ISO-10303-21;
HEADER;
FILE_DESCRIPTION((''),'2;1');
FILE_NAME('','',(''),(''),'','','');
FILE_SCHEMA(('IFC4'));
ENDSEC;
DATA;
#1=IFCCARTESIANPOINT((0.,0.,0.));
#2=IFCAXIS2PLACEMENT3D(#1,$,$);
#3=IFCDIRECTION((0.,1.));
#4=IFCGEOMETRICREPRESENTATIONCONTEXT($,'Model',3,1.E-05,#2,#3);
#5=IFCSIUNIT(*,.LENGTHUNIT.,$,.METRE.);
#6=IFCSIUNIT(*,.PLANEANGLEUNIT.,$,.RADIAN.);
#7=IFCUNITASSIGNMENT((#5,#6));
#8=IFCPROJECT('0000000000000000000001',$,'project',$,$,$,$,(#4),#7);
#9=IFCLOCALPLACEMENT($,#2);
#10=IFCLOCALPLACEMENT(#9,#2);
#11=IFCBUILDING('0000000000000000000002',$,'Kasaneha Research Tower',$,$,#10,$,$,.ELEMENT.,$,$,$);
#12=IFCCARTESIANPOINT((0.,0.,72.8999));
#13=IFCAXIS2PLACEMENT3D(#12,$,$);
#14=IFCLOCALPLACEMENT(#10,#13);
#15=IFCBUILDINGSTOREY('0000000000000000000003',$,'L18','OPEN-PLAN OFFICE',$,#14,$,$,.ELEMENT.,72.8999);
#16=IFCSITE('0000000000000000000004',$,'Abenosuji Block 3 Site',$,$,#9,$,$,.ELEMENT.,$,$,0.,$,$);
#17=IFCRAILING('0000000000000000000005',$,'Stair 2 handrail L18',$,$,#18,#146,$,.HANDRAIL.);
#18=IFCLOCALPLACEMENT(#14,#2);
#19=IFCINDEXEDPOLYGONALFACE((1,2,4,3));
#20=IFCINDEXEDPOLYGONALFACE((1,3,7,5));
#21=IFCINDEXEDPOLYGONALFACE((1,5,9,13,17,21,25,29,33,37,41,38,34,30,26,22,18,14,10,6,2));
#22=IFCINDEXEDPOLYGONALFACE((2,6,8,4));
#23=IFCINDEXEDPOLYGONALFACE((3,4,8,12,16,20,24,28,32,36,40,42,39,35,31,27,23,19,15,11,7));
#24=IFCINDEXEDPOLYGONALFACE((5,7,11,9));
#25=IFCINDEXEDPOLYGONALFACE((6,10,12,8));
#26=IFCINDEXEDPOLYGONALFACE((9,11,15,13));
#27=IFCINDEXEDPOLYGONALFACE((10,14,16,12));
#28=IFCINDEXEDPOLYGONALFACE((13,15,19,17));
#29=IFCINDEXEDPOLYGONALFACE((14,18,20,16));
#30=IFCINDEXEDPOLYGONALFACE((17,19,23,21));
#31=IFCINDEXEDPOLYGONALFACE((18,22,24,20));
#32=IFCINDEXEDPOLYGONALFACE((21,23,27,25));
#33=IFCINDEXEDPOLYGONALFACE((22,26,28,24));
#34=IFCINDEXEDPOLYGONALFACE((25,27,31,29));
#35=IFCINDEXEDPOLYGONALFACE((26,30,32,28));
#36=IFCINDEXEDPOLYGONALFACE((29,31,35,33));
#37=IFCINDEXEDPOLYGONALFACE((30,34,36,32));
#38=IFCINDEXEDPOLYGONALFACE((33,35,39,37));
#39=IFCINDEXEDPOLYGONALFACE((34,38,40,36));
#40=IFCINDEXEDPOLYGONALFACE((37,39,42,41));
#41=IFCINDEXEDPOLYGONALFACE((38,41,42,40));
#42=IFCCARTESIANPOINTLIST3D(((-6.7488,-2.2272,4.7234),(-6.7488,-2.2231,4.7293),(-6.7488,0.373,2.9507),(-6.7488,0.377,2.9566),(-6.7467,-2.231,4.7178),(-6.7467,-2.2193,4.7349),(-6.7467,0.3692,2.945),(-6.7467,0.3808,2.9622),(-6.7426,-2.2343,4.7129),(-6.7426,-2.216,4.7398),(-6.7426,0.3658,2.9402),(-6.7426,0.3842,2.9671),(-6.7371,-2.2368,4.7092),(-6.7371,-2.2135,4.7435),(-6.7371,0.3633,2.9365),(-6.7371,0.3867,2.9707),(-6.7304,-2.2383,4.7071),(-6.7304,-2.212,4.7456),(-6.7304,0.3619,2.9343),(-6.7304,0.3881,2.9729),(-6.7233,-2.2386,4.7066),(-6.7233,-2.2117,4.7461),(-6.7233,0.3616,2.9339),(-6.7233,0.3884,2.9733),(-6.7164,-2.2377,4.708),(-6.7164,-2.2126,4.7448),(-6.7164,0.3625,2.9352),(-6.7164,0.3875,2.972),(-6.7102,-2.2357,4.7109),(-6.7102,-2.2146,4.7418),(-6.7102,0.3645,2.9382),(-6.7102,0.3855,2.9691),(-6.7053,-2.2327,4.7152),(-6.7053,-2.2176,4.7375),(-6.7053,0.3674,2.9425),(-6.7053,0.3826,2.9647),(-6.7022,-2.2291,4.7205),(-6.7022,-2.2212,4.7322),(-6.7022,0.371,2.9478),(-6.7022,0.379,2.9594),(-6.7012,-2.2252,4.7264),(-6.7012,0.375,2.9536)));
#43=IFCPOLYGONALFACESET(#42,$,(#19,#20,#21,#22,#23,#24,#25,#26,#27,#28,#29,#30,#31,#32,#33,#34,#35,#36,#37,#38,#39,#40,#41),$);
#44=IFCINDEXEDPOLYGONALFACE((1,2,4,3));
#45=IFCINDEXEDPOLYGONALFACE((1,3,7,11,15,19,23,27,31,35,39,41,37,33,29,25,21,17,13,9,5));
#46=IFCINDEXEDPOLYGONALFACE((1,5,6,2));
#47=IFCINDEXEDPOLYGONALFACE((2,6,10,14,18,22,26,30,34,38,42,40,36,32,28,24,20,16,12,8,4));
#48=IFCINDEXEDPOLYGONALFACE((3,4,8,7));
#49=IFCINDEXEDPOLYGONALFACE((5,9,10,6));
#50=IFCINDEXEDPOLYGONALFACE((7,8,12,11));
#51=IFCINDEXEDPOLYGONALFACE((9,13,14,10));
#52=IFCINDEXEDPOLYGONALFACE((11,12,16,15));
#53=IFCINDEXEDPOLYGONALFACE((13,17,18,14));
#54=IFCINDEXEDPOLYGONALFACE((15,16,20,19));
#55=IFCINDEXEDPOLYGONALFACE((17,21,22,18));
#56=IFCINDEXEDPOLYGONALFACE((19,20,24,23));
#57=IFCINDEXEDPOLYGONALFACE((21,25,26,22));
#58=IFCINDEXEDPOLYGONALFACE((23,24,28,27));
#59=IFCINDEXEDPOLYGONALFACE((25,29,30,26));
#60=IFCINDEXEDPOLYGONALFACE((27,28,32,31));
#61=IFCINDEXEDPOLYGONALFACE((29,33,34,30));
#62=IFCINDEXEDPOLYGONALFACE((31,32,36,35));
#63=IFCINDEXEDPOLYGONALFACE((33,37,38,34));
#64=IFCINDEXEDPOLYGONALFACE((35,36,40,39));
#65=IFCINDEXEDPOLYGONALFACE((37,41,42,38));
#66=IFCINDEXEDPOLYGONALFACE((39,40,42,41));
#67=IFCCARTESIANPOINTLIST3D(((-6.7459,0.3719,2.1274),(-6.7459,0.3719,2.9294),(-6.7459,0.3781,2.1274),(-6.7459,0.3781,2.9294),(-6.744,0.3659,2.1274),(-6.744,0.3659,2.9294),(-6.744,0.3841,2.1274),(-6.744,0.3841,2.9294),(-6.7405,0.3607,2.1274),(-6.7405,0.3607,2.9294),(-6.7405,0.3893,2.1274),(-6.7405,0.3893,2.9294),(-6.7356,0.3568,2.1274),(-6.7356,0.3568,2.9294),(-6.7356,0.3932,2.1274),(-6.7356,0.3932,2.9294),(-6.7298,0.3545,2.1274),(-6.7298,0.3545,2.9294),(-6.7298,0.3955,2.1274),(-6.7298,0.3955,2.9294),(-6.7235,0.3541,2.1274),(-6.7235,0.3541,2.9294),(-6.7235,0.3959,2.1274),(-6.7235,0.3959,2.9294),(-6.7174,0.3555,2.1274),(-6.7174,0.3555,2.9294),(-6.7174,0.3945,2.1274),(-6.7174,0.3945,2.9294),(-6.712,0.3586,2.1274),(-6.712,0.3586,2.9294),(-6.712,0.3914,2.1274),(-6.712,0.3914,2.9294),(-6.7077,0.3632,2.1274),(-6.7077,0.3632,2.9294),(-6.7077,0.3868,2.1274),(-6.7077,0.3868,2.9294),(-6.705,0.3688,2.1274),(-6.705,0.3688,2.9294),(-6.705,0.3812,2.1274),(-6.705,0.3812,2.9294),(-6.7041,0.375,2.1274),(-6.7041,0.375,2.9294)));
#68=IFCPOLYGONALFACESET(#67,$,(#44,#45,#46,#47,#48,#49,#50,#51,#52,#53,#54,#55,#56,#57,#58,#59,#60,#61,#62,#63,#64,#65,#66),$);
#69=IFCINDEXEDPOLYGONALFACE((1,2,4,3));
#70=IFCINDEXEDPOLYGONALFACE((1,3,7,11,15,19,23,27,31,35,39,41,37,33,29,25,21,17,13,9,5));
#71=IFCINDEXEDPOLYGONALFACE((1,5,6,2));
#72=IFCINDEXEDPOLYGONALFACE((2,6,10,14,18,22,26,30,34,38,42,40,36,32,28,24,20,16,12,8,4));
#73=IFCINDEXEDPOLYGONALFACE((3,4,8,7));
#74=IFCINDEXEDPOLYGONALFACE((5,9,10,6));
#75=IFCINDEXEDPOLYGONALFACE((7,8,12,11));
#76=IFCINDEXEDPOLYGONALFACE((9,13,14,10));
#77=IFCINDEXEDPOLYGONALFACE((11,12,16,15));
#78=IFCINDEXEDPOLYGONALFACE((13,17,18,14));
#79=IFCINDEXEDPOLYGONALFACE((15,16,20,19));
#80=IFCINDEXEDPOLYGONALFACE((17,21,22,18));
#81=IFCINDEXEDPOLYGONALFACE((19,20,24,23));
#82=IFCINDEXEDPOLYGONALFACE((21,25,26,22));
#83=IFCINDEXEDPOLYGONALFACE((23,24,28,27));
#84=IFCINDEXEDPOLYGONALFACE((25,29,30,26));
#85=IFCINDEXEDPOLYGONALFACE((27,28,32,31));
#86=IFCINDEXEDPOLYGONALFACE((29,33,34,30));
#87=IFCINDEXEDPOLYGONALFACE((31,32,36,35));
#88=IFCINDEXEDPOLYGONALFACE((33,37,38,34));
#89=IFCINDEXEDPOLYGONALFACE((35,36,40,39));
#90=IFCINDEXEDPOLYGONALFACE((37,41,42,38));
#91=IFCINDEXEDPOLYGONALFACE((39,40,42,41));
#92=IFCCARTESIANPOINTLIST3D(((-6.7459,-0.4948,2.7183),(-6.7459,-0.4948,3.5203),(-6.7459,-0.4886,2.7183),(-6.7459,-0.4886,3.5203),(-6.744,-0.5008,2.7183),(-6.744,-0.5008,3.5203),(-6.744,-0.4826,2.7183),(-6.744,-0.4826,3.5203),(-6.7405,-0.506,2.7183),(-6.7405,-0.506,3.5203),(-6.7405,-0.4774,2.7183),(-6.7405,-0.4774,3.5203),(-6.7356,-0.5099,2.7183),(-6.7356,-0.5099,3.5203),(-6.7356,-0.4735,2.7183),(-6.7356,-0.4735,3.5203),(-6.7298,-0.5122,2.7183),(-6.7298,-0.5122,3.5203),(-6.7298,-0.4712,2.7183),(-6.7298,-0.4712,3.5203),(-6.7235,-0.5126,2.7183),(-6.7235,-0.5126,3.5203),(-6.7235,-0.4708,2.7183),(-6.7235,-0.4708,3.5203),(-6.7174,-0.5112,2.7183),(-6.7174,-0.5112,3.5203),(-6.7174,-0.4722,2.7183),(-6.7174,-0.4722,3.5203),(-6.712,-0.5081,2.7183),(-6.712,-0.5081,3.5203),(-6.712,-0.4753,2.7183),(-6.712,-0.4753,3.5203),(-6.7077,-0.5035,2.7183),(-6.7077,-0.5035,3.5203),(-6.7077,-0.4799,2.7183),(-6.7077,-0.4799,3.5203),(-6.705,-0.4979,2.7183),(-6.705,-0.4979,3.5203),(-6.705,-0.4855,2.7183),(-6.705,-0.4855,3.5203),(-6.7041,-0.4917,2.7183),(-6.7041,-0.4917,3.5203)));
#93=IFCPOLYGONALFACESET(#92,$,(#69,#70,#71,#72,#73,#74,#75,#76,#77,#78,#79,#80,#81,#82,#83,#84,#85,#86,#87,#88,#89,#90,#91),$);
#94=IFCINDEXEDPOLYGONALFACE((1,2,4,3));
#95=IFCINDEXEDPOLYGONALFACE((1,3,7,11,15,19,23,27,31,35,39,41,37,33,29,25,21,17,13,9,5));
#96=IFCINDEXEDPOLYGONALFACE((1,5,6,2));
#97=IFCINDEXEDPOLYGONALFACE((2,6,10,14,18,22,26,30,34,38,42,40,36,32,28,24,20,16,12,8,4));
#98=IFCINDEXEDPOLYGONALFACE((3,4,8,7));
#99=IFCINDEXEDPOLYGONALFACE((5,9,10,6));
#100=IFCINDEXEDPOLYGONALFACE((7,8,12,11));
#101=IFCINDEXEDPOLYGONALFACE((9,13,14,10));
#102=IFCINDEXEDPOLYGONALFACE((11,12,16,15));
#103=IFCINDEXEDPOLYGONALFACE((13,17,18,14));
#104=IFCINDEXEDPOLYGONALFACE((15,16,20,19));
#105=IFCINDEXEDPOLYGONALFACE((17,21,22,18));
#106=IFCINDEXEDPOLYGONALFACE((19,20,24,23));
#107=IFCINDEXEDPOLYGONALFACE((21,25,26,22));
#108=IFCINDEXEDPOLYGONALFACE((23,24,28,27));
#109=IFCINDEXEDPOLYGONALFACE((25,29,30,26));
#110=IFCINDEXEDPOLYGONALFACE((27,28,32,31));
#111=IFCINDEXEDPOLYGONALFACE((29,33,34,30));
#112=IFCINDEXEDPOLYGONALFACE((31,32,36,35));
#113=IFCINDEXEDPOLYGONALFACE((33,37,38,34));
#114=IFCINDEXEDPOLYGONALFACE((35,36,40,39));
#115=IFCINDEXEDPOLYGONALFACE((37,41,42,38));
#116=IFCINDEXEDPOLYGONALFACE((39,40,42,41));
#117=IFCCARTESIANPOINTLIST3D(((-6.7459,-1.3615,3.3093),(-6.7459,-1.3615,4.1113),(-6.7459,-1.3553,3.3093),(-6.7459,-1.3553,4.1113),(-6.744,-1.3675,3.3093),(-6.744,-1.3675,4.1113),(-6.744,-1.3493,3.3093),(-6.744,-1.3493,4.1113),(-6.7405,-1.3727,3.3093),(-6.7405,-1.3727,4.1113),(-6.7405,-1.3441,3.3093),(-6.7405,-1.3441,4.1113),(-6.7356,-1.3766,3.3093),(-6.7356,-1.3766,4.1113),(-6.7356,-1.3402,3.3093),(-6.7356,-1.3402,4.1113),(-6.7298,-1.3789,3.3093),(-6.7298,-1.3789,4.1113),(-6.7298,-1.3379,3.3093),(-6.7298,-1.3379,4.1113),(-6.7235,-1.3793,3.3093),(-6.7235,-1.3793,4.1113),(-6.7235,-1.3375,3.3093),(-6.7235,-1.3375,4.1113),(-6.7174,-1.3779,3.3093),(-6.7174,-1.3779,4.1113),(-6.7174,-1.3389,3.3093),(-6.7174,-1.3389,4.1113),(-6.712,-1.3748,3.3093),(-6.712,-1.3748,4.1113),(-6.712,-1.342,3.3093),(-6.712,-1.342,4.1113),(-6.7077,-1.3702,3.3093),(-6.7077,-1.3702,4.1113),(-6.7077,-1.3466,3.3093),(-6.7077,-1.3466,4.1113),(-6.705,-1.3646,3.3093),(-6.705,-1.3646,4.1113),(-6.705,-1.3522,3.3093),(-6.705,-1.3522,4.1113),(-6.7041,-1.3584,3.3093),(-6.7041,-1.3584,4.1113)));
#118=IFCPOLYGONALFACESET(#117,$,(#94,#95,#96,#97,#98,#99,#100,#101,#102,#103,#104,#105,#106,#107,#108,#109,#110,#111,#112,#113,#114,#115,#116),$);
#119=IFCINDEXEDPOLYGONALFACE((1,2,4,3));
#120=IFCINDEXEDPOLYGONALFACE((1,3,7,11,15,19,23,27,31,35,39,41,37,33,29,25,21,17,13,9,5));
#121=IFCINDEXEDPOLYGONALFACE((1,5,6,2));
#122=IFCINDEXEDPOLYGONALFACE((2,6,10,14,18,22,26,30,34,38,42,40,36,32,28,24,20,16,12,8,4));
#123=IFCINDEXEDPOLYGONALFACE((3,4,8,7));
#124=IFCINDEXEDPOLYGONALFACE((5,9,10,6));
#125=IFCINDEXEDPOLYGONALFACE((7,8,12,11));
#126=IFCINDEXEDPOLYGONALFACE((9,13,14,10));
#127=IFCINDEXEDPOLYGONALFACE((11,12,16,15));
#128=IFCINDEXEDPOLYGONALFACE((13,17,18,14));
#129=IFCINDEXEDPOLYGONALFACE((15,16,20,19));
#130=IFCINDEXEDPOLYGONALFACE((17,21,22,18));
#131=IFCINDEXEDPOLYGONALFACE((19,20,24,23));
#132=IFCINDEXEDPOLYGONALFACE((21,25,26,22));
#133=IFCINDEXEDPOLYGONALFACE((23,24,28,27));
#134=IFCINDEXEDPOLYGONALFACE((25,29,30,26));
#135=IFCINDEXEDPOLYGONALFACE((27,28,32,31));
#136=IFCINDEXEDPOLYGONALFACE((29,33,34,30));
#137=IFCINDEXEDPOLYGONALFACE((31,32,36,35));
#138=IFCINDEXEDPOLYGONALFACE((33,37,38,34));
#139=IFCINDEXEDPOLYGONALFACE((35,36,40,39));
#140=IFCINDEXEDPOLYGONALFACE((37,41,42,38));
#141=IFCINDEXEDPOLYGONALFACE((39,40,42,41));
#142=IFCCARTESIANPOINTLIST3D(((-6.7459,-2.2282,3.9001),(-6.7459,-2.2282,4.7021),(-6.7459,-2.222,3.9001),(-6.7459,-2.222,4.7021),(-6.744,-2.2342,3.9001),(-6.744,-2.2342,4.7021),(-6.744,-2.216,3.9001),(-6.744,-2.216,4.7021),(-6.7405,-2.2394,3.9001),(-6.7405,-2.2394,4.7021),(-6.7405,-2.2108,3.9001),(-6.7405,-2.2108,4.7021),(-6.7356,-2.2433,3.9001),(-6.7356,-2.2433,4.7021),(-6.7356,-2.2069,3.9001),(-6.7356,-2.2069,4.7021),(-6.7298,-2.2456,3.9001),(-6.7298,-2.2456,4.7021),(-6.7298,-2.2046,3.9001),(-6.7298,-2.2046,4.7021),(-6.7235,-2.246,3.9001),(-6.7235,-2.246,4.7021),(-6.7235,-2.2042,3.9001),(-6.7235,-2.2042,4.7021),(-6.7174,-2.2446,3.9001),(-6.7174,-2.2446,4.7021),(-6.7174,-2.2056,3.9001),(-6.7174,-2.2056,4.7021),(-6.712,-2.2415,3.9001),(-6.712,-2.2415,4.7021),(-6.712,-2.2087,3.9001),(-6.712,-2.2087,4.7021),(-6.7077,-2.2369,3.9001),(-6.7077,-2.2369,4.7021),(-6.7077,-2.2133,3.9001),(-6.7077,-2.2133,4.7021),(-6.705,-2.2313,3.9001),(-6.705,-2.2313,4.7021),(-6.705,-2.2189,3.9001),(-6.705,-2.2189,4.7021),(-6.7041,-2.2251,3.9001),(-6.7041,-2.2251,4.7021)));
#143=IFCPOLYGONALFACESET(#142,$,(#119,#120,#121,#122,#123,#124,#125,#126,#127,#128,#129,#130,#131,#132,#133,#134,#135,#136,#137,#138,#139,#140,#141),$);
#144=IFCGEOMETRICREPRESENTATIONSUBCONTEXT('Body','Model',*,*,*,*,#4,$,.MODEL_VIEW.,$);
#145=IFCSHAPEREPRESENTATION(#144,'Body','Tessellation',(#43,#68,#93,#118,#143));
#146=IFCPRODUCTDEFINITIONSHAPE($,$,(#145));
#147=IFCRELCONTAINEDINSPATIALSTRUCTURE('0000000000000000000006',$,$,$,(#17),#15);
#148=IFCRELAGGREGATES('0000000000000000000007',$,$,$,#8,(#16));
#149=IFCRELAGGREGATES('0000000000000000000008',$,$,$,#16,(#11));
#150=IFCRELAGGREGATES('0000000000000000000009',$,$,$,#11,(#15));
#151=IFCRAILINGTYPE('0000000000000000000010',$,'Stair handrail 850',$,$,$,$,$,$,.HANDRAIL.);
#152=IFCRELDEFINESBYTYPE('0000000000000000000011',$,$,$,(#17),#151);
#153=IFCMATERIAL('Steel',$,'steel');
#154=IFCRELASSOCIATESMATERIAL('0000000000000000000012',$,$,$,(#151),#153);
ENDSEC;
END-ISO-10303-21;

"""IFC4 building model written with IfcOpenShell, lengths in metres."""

from ifc_helpers import new_model, si_unit, direction, frame, origin, origin_2d, place, context, subcontext, project, spatial, circle, extrude, material, type_object, element, save


model = new_model("IFC4")

# Units and contexts
model_context = context("Model", 3, precision=1e-05, world=origin(), true_north=direction((0.0, 1.0)))
body_context = subcontext(model_context, "Body", "Model", "MODEL_VIEW")
ifc_project = project(units=[si_unit("LENGTHUNIT", "METRE"), si_unit("PLANEANGLEUNIT", "RADIAN")], contexts=[model_context])

# Site, building, storey
site_placement = place(None, origin())
site = spatial("IfcSite", under=ifc_project, at=site_placement, Name="Abenosuji Block 3 Site", CompositionType="ELEMENT", RefElevation=0.0)
building_placement = place(site_placement, origin())
building = spatial("IfcBuilding", under=site, at=building_placement, Name="Kasaneha Research Tower", CompositionType="ELEMENT")
storey_placement = place(building_placement, frame((0.0, 0.0, 72.8999)))
storey = spatial("IfcBuildingStorey", under=building, at=storey_placement, Name="L18", Description="OPEN-PLAN OFFICE", CompositionType="ELEMENT", Elevation=72.8999)

# Railing
ifc_material_1 = material(Name="Steel", Category="steel")
railing_type_1 = type_object("IfcRailingType", Name="Stair handrail 850", PredefinedType="HANDRAIL", material=ifc_material_1)
railing_1_placement = place(storey_placement, frame((-6.7251, 0.375, 2.1274)))
element("IfcRailing", 1, at=railing_1_placement, inside=storey, type_object=railing_type_1, Name="Stair 2 handrail L18", PredefinedType="HANDRAIL", context=body_context, shape_type="SweptSolid", body=[
    extrude(circle(Radius=0.0239, at=origin_2d()), frame((0.0, 0.0, 0.8262), z_axis=(0.0, -0.82624, 0.563318), x_axis=(1.0, 0.0, 0.0)), (0.0, 0.0, 1.0), 3.147),
    extrude(circle(Radius=0.021, at=origin_2d()), origin(), (0.0, 0.0, 1.0), 0.802),
    extrude(circle(Radius=0.021, at=origin_2d()), frame((0.0, -0.8667, 0.5908)), (0.0, 0.0, 1.0), 0.802),
    extrude(circle(Radius=0.021, at=origin_2d()), frame((0.0, -1.7334, 1.1819)), (0.0, 0.0, 1.0), 0.802),
    extrude(circle(Radius=0.021, at=origin_2d()), frame((0.0, -2.6001, 1.7727)), (0.0, 0.0, 1.0), 0.802),
])

save(model, "model.ifc")
